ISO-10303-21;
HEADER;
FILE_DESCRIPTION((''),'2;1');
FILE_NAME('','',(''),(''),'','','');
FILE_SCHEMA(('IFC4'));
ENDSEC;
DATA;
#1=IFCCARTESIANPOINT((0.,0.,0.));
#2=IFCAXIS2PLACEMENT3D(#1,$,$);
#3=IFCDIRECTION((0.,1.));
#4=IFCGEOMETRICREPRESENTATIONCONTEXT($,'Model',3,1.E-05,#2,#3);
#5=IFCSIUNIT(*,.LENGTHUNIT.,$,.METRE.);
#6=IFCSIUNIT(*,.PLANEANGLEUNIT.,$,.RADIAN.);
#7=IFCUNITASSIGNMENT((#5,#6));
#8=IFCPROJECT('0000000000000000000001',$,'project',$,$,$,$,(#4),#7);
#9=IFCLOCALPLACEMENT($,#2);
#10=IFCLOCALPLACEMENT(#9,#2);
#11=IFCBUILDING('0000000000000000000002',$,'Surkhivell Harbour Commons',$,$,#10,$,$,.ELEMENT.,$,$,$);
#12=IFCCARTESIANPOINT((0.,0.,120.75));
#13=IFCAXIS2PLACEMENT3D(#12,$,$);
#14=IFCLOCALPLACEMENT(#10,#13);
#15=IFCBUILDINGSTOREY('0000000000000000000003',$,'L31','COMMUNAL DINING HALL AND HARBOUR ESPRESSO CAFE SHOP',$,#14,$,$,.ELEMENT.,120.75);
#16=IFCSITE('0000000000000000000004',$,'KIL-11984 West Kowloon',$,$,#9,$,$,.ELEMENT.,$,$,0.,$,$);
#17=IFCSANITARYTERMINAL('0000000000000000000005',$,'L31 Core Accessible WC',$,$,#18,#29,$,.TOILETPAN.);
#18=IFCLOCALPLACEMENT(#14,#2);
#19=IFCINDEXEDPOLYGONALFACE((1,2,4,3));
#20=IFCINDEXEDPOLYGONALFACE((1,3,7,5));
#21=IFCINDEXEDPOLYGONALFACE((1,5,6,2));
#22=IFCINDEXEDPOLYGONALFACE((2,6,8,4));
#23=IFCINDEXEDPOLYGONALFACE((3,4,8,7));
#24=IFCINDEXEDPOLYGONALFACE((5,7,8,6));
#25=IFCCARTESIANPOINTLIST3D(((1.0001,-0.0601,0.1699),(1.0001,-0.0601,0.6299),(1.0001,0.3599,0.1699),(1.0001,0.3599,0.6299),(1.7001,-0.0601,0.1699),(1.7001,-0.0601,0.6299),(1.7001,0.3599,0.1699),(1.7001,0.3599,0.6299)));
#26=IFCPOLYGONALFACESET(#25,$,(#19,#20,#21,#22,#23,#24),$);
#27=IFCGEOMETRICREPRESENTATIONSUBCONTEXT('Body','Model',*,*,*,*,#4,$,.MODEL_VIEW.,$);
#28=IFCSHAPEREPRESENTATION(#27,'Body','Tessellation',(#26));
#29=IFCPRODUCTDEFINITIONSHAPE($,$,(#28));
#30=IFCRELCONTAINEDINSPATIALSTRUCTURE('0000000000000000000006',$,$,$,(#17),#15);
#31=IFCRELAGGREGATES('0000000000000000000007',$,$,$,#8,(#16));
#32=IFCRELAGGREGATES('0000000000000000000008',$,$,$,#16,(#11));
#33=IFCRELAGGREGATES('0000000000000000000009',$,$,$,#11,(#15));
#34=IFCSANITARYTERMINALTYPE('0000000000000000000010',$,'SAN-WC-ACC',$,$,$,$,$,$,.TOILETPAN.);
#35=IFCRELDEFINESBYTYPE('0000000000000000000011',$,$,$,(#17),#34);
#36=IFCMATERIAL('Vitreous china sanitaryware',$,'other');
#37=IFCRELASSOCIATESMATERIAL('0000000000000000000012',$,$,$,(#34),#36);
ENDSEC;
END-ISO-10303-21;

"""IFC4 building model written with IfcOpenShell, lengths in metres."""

from ifc_helpers import new_model, si_unit, direction, frame, origin, origin_2d, place, context, subcontext, project, spatial, rectangle, extrude, material, type_object, element, save


model = new_model("IFC4")

# Units and contexts
model_context = context("Model", 3, precision=1e-05, world=origin(), true_north=direction((0.0, 1.0)))
body_context = subcontext(model_context, "Body", "Model", "MODEL_VIEW")
ifc_project = project(units=[si_unit("LENGTHUNIT", "METRE"), si_unit("PLANEANGLEUNIT", "RADIAN")], contexts=[model_context])

# Site, building, storey
site_placement = place(None, origin())
site = spatial("IfcSite", under=ifc_project, at=site_placement, Name="KIL-11984 West Kowloon", CompositionType="ELEMENT", RefElevation=0.0)
building_placement = place(site_placement, origin())
building = spatial("IfcBuilding", under=site, at=building_placement, Name="Surkhivell Harbour Commons", CompositionType="ELEMENT")
storey_placement = place(building_placement, frame((0.0, 0.0, 120.75)))
storey = spatial("IfcBuildingStorey", under=building, at=storey_placement, Name="L31", Description="COMMUNAL DINING HALL AND HARBOUR ESPRESSO CAFE SHOP", CompositionType="ELEMENT", Elevation=120.75)

# Sanitary terminal
ifc_material_1 = material(Name="Vitreous china sanitaryware", Category="other")
sanitary_terminal_type_1 = type_object("IfcSanitaryTerminalType", Name="SAN-WC-ACC", PredefinedType="TOILETPAN", material=ifc_material_1)
sanitary_terminal_1_placement = place(storey_placement, frame((1.3501, 0.1499, 0.1699), z_axis=(0.0, 0.0, 1.0), x_axis=(1.0, 0.0, 0.0)))
element("IfcSanitaryTerminal", 1, at=sanitary_terminal_1_placement, inside=storey, type_object=sanitary_terminal_type_1, Name="L31 Core Accessible WC", PredefinedType="TOILETPAN", context=body_context, shape_type="SweptSolid", body=[
    extrude(rectangle(XDim=0.7, YDim=0.4199, at=origin_2d()), origin(), (0.0, 0.0, 1.0), 0.46),
])

save(model, "model.ifc")
